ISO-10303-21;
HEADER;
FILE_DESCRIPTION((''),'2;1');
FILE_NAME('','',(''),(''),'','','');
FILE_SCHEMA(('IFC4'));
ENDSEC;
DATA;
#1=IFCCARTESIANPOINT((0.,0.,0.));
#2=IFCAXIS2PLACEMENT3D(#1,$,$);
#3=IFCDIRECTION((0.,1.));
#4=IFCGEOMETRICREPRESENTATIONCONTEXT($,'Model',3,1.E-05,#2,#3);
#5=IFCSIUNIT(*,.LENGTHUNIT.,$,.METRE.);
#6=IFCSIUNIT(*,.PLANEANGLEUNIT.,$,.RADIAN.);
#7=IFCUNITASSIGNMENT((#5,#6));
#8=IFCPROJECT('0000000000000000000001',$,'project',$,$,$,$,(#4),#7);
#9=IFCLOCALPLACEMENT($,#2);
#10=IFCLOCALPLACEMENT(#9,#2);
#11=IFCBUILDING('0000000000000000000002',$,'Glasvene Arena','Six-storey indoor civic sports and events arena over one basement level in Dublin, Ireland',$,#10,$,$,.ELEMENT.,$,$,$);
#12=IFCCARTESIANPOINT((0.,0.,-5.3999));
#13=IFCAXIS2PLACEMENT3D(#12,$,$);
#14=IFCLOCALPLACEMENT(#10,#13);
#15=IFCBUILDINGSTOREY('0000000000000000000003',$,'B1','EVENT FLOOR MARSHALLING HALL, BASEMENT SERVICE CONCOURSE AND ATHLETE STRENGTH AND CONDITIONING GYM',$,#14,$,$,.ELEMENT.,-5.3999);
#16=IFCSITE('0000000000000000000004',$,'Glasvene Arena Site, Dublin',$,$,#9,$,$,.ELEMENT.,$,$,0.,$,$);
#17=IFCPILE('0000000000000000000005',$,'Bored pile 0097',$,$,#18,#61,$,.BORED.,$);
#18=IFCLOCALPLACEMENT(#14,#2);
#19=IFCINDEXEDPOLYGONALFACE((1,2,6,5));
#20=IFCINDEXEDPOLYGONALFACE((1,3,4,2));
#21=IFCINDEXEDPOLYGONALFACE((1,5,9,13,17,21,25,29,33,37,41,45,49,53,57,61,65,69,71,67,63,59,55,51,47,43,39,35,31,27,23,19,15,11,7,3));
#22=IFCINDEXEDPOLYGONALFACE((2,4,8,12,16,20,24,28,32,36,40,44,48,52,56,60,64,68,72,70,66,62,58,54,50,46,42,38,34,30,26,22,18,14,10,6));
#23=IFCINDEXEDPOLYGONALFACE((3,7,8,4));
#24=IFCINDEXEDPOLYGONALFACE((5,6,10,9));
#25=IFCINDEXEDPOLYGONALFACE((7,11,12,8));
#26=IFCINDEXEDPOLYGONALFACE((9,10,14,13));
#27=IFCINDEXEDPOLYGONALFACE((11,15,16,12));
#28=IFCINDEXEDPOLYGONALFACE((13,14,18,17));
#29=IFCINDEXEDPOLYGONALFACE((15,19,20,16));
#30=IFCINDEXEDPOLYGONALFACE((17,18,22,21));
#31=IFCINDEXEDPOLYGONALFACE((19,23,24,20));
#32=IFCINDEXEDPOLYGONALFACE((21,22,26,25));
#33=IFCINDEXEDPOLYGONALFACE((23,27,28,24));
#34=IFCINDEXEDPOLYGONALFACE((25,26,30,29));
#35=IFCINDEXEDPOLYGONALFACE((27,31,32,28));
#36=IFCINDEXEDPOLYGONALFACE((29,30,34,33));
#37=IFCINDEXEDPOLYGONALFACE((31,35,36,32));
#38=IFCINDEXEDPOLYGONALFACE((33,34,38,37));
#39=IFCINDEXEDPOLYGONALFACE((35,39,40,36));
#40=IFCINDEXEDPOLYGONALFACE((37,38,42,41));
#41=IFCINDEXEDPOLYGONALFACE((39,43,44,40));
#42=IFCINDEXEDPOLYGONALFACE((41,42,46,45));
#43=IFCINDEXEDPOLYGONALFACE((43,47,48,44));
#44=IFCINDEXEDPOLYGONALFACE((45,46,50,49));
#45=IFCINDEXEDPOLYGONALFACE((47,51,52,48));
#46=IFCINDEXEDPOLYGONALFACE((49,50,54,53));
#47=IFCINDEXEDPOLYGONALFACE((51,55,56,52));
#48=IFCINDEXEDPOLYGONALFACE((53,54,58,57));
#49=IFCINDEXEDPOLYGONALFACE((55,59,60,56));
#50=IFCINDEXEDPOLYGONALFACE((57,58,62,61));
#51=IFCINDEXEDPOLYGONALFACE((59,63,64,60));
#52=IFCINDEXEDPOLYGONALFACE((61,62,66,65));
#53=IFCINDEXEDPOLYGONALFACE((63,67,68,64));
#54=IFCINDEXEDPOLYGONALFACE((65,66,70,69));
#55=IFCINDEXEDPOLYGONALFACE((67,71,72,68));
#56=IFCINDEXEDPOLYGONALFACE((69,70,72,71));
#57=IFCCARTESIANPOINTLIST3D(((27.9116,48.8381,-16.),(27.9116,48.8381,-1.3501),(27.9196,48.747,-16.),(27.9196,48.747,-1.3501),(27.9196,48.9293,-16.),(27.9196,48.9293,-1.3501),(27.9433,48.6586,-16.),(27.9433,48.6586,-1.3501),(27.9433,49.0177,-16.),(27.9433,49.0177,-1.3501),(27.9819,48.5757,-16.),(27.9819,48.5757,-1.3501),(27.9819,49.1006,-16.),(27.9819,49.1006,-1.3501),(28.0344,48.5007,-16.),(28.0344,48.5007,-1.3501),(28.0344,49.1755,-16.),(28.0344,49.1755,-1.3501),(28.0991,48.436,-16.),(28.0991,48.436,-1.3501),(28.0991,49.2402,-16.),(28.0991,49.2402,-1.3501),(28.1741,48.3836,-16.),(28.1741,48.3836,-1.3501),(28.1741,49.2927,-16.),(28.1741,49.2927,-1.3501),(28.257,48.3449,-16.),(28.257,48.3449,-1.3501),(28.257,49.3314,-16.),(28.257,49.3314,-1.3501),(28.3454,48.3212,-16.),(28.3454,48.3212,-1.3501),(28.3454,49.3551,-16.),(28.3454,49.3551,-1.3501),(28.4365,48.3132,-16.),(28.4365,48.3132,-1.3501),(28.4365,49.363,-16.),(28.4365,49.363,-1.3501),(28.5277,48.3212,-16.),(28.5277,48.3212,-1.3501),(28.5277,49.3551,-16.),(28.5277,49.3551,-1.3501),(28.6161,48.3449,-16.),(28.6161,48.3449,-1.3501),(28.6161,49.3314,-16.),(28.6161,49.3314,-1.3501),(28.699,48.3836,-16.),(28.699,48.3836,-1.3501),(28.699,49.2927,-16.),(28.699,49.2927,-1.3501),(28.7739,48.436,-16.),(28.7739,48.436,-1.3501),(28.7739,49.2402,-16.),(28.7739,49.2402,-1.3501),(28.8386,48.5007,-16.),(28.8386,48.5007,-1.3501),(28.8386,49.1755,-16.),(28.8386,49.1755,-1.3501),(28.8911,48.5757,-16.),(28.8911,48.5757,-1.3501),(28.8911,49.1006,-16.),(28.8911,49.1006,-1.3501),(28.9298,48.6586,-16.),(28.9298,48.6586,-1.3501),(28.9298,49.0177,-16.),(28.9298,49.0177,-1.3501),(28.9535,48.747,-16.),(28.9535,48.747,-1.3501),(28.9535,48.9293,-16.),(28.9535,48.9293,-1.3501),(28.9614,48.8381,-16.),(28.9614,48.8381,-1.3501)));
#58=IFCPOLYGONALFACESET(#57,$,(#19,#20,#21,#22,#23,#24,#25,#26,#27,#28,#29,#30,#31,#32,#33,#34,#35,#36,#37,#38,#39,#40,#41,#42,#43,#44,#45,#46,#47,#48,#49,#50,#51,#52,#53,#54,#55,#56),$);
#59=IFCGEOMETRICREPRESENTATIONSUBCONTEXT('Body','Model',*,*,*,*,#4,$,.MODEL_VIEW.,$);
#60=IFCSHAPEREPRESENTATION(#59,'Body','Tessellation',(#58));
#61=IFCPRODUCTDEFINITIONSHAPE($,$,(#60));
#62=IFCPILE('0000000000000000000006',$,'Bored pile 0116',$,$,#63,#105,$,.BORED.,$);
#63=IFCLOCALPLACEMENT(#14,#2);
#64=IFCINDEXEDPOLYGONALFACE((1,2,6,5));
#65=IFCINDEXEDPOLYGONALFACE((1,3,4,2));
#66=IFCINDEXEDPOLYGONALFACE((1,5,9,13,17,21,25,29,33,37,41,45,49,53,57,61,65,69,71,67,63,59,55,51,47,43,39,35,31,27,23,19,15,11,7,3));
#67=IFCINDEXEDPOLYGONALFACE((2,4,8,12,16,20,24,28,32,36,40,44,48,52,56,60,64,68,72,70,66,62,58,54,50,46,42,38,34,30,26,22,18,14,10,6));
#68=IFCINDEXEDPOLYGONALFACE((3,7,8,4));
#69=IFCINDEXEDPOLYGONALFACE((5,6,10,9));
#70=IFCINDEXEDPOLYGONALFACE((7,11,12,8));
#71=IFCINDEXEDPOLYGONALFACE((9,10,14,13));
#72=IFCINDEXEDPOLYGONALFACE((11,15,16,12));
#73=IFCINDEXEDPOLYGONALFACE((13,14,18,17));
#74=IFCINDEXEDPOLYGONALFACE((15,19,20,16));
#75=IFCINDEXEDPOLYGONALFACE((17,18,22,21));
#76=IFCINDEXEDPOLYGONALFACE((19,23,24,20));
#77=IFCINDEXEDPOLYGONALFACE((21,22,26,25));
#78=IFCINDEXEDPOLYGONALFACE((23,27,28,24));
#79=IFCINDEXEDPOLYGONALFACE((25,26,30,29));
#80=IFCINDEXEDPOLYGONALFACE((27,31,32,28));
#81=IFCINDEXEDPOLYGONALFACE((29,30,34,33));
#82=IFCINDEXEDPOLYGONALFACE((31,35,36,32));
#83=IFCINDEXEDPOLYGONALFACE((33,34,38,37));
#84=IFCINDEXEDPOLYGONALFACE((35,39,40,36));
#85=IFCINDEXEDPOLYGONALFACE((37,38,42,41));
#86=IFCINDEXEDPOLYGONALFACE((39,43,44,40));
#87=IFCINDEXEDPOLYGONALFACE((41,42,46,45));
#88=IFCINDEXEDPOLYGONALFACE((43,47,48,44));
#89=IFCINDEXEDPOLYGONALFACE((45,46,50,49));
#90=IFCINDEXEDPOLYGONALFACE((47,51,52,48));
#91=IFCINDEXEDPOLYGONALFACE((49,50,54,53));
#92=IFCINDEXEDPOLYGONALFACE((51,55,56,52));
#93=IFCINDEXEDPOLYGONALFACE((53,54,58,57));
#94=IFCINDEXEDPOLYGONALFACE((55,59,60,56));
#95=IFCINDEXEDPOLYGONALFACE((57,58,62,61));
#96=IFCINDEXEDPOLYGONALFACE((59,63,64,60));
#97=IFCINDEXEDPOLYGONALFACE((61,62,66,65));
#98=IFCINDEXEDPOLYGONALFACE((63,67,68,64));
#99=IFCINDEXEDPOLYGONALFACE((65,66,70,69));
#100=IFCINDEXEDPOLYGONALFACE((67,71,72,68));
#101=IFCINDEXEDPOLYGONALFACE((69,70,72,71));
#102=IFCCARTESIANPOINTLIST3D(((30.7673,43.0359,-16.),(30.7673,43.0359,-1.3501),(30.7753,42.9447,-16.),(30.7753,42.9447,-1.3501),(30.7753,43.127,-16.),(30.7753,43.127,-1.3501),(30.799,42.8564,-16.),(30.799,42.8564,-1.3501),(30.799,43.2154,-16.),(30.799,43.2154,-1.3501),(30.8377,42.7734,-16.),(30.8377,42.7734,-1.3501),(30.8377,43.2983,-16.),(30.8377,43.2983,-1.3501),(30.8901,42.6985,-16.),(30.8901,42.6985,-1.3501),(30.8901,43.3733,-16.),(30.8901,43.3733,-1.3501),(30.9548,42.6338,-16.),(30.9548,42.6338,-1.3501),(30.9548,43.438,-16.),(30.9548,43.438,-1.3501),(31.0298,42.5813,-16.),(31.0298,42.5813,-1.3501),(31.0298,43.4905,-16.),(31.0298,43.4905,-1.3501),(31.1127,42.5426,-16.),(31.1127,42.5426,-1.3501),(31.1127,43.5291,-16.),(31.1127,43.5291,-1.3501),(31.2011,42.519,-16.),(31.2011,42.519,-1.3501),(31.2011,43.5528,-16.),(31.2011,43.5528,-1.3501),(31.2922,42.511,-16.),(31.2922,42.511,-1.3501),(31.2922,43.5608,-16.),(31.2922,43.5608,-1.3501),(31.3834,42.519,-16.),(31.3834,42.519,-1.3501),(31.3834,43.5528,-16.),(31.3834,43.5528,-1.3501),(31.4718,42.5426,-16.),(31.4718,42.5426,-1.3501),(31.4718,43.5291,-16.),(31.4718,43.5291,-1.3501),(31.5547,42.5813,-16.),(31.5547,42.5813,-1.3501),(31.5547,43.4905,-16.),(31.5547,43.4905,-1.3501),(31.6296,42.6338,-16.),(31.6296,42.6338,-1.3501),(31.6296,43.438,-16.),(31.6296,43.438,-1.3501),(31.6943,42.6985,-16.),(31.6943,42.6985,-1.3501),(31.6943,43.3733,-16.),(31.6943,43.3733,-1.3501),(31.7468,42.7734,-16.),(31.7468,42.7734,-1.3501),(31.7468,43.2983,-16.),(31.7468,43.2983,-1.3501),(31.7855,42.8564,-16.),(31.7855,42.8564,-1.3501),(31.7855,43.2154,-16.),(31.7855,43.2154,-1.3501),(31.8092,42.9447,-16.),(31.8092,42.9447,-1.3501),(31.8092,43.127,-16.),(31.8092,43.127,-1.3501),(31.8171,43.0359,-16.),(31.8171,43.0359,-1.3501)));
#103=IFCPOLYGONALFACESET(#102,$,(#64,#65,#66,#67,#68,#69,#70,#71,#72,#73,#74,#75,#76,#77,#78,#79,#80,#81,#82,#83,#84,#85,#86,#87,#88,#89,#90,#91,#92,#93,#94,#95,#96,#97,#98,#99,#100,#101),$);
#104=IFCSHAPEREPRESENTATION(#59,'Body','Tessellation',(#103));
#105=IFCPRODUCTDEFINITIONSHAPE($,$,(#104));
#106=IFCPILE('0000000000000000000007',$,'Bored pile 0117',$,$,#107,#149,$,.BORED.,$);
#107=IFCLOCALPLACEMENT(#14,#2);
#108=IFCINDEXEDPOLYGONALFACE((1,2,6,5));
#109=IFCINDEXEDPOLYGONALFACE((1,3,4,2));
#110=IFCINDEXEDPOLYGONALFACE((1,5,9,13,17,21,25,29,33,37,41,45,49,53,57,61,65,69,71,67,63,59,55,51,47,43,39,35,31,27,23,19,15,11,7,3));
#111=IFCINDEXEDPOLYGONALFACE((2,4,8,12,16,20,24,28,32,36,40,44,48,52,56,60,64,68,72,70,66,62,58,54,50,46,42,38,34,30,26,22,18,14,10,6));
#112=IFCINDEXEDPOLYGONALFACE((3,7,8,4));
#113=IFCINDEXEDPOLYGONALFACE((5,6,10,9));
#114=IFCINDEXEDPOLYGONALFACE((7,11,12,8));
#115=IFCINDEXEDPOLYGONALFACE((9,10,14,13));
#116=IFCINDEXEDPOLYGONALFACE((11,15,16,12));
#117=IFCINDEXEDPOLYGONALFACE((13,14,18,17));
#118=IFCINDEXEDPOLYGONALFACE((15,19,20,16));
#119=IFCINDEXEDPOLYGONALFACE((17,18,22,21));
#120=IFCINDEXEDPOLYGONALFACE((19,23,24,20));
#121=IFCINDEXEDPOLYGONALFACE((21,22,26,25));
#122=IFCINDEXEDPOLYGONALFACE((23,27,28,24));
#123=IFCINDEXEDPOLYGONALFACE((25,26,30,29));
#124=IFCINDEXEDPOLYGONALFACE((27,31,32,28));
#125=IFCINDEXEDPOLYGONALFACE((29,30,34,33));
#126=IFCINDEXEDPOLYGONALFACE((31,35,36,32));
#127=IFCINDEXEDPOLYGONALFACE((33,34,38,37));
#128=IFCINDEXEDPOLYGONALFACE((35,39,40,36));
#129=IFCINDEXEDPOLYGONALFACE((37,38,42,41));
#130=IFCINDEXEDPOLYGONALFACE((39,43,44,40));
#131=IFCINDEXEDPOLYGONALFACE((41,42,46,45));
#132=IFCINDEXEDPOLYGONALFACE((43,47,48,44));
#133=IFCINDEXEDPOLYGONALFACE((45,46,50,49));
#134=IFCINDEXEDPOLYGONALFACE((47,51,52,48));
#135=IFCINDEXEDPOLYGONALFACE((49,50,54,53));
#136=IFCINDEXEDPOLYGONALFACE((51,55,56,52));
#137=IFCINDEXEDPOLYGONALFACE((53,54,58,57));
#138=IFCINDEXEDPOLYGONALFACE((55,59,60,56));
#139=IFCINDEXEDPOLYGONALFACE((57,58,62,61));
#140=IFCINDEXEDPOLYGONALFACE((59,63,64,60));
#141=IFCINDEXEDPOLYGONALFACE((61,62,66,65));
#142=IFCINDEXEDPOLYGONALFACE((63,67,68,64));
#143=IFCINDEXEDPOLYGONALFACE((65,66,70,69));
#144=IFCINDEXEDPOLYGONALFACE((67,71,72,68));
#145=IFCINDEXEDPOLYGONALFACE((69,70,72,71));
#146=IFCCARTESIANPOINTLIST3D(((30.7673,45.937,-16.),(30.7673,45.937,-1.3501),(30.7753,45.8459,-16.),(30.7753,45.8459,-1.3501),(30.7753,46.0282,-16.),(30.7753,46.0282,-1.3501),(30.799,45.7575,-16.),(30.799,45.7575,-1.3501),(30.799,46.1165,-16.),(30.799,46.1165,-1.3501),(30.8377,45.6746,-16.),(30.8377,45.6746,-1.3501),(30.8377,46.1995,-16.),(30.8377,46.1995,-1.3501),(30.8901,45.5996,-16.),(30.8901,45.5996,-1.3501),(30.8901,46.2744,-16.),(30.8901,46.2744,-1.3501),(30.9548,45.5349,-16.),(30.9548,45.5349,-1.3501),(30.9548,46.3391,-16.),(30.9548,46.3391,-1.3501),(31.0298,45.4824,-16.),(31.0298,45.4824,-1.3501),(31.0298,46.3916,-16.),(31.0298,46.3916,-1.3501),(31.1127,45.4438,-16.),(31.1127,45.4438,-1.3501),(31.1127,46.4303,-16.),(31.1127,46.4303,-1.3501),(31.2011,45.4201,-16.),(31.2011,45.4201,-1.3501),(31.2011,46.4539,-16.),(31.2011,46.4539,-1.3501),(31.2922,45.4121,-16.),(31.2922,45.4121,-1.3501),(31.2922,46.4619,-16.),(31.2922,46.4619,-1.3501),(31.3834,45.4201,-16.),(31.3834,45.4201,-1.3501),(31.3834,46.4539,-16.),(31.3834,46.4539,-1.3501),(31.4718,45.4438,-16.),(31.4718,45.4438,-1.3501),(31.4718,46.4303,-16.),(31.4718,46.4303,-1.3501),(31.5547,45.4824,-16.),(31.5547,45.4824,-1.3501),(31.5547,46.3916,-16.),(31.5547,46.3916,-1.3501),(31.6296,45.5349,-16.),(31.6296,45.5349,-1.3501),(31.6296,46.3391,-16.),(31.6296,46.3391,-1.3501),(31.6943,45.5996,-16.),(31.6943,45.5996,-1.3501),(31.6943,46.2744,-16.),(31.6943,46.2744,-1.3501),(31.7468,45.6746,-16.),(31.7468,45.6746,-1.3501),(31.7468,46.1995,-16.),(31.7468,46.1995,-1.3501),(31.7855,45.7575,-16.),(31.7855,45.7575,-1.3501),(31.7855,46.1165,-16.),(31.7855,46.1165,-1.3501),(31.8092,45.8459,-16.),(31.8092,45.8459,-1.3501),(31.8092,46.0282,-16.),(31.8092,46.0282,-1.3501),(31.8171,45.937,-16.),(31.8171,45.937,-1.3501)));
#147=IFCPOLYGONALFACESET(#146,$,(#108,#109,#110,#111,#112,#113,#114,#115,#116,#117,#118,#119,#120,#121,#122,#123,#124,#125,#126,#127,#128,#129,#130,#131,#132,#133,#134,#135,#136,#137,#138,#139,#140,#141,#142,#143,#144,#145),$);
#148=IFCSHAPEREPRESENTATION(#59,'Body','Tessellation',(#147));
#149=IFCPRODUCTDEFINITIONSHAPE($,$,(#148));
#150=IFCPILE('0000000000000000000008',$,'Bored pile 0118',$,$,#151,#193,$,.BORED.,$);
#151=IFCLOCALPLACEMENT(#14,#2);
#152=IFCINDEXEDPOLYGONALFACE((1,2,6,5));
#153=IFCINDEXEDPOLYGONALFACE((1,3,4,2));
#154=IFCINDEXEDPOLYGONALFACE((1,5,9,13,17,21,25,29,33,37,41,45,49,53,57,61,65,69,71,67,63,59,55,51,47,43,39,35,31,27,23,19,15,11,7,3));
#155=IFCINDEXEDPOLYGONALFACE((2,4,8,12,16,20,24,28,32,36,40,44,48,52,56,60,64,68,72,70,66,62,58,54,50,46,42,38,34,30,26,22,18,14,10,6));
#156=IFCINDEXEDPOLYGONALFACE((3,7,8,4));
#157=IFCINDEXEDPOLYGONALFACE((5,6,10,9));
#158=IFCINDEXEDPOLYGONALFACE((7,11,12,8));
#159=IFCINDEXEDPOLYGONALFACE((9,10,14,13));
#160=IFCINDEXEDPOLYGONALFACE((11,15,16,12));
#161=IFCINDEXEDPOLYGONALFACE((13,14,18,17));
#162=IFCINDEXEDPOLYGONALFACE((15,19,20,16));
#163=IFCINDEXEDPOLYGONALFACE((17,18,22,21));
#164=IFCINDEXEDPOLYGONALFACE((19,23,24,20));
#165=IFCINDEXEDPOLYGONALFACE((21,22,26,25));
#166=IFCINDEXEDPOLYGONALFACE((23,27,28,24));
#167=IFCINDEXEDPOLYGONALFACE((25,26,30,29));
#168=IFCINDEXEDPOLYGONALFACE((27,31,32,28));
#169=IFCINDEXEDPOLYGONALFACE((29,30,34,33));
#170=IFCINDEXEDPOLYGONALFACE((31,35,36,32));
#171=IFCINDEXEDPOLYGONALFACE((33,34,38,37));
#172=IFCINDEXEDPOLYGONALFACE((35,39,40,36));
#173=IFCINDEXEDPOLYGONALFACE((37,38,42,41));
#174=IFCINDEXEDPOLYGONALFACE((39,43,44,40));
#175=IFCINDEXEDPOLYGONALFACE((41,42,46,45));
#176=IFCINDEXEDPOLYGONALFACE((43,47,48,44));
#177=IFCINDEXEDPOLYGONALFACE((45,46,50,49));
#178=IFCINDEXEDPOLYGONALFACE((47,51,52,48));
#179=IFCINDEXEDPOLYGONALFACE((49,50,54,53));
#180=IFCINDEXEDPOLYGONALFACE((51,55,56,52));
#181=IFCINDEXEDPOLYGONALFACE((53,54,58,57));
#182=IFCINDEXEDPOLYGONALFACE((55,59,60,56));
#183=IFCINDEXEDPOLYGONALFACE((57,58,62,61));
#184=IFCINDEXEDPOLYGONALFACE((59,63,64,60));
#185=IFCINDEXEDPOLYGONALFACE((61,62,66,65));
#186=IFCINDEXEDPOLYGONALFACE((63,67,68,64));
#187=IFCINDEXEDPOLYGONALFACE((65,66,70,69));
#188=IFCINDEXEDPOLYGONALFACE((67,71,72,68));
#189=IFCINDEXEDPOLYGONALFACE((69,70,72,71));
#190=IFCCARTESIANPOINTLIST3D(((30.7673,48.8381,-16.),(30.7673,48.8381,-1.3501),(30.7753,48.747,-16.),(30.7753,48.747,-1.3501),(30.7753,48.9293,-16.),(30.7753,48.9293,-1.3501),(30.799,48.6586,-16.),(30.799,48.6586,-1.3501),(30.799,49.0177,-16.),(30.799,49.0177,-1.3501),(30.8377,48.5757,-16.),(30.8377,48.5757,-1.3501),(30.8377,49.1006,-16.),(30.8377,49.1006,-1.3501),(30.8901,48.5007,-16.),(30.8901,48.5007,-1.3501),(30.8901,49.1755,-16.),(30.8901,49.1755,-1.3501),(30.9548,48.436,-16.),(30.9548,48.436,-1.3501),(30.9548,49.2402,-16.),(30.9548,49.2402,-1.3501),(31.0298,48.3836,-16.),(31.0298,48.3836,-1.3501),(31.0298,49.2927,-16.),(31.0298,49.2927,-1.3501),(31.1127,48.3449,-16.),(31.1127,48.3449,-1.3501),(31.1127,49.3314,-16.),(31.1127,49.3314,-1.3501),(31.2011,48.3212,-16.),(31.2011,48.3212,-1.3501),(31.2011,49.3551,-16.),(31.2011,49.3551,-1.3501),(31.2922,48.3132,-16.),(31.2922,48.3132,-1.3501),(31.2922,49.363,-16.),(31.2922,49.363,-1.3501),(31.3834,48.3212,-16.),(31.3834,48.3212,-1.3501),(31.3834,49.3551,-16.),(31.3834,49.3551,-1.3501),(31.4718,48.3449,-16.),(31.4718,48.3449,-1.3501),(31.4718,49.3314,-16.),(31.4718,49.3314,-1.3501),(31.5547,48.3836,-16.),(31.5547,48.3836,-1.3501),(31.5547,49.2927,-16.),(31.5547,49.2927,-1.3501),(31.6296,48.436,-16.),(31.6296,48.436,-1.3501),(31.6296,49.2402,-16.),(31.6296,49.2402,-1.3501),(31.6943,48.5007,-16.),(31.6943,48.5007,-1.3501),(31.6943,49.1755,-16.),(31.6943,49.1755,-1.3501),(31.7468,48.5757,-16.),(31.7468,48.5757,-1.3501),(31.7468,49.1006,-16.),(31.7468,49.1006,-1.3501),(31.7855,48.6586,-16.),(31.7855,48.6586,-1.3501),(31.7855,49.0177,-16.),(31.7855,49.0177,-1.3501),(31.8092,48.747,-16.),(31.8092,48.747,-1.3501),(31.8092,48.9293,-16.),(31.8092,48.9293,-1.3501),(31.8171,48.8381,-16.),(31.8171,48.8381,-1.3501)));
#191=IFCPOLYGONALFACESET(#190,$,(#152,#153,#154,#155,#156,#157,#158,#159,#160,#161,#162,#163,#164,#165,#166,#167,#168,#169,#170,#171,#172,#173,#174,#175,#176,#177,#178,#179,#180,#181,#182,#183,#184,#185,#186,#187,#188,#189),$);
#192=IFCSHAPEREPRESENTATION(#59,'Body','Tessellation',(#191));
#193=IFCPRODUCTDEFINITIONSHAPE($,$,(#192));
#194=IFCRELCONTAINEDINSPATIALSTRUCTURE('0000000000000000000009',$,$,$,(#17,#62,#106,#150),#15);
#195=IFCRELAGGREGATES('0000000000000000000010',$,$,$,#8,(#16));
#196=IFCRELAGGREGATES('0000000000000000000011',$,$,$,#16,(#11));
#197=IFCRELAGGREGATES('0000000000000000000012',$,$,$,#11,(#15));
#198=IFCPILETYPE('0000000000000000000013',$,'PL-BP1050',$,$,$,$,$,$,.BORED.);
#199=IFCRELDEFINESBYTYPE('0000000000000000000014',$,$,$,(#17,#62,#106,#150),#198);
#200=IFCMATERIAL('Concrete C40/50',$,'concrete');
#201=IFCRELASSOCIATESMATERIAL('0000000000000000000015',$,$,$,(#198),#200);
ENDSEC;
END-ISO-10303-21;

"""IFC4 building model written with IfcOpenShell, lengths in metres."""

from ifc_helpers import new_model, si_unit, direction, frame, origin, origin_2d, place, context, subcontext, project, spatial, circle, extrude, material, material_profile, profile_set, type_object, element, save


model = new_model("IFC4")

# Units and contexts
model_context = context("Model", 3, precision=1e-05, world=origin(), true_north=direction((0.0, 1.0)))
body_context = subcontext(model_context, "Body", "Model", "MODEL_VIEW")
ifc_project = project(units=[si_unit("LENGTHUNIT", "METRE"), si_unit("PLANEANGLEUNIT", "RADIAN")], contexts=[model_context])

# Site, building, storey
site_placement = place(None, origin())
site = spatial("IfcSite", under=ifc_project, at=site_placement, Name="Glasvene Arena Site, Dublin", CompositionType="ELEMENT", RefElevation=0.0)
building_placement = place(site_placement, origin())
building = spatial("IfcBuilding", under=site, at=building_placement, Name="Glasvene Arena", Description="Six-storey indoor civic sports and events arena over one basement level in Dublin, Ireland", CompositionType="ELEMENT")
storey_placement = place(building_placement, frame((0.0, 0.0, -5.3999)))
storey = spatial("IfcBuildingStorey", under=building, at=storey_placement, Name="B1", Description="EVENT FLOOR MARSHALLING HALL, BASEMENT SERVICE CONCOURSE AND ATHLETE STRENGTH AND CONDITIONING GYM", CompositionType="ELEMENT", Elevation=-5.3999)

# Shared definitions
ifc_material_1 = material(Name="Concrete C40/50", Category="concrete")

# Piles
ifc_material_profile_1 = material_profile(ifc_material_1, circle(Radius=0.5249, at=origin_2d()), Name="BORED PILE 1050")
ifc_profile_set_1 = profile_set([ifc_material_profile_1], Name="Concrete C40/50")
pile_type = type_object("IfcPileType", Name="PL-BP1050", PredefinedType="BORED", material=ifc_profile_set_1)
for number, where, z_axis, x_axis, name in (
    (1, (28.4365, 48.8381, -1.3501), (0.0, 0.0, -1.0), (1.0, 0.0, 0.0), "Bored pile 0097"),
    (2, (31.2922, 43.0359, -1.3501), (0.0, 0.0, -1.0), (1.0, 0.0, 0.0), "Bored pile 0116"),
    (3, (31.2922, 45.937, -1.3501), (0.0, 0.0, -1.0), (1.0, 0.0, 0.0), "Bored pile 0117"),
    (4, (31.2922, 48.8381, -1.3501), (0.0, 0.0, -1.0), (1.0, 0.0, 0.0), "Bored pile 0118"),
):
    element("IfcPile", number, at=place(storey_placement, frame(where, z_axis=z_axis, x_axis=x_axis)), inside=storey, type_object=pile_type, Name=name, PredefinedType="BORED", context=body_context, shape_type="SweptSolid", body=[
        extrude(circle(Radius=0.5249, at=origin_2d()), origin(), (0.0, 0.0, 1.0), 14.6499),
    ])

save(model, "model.ifc")
